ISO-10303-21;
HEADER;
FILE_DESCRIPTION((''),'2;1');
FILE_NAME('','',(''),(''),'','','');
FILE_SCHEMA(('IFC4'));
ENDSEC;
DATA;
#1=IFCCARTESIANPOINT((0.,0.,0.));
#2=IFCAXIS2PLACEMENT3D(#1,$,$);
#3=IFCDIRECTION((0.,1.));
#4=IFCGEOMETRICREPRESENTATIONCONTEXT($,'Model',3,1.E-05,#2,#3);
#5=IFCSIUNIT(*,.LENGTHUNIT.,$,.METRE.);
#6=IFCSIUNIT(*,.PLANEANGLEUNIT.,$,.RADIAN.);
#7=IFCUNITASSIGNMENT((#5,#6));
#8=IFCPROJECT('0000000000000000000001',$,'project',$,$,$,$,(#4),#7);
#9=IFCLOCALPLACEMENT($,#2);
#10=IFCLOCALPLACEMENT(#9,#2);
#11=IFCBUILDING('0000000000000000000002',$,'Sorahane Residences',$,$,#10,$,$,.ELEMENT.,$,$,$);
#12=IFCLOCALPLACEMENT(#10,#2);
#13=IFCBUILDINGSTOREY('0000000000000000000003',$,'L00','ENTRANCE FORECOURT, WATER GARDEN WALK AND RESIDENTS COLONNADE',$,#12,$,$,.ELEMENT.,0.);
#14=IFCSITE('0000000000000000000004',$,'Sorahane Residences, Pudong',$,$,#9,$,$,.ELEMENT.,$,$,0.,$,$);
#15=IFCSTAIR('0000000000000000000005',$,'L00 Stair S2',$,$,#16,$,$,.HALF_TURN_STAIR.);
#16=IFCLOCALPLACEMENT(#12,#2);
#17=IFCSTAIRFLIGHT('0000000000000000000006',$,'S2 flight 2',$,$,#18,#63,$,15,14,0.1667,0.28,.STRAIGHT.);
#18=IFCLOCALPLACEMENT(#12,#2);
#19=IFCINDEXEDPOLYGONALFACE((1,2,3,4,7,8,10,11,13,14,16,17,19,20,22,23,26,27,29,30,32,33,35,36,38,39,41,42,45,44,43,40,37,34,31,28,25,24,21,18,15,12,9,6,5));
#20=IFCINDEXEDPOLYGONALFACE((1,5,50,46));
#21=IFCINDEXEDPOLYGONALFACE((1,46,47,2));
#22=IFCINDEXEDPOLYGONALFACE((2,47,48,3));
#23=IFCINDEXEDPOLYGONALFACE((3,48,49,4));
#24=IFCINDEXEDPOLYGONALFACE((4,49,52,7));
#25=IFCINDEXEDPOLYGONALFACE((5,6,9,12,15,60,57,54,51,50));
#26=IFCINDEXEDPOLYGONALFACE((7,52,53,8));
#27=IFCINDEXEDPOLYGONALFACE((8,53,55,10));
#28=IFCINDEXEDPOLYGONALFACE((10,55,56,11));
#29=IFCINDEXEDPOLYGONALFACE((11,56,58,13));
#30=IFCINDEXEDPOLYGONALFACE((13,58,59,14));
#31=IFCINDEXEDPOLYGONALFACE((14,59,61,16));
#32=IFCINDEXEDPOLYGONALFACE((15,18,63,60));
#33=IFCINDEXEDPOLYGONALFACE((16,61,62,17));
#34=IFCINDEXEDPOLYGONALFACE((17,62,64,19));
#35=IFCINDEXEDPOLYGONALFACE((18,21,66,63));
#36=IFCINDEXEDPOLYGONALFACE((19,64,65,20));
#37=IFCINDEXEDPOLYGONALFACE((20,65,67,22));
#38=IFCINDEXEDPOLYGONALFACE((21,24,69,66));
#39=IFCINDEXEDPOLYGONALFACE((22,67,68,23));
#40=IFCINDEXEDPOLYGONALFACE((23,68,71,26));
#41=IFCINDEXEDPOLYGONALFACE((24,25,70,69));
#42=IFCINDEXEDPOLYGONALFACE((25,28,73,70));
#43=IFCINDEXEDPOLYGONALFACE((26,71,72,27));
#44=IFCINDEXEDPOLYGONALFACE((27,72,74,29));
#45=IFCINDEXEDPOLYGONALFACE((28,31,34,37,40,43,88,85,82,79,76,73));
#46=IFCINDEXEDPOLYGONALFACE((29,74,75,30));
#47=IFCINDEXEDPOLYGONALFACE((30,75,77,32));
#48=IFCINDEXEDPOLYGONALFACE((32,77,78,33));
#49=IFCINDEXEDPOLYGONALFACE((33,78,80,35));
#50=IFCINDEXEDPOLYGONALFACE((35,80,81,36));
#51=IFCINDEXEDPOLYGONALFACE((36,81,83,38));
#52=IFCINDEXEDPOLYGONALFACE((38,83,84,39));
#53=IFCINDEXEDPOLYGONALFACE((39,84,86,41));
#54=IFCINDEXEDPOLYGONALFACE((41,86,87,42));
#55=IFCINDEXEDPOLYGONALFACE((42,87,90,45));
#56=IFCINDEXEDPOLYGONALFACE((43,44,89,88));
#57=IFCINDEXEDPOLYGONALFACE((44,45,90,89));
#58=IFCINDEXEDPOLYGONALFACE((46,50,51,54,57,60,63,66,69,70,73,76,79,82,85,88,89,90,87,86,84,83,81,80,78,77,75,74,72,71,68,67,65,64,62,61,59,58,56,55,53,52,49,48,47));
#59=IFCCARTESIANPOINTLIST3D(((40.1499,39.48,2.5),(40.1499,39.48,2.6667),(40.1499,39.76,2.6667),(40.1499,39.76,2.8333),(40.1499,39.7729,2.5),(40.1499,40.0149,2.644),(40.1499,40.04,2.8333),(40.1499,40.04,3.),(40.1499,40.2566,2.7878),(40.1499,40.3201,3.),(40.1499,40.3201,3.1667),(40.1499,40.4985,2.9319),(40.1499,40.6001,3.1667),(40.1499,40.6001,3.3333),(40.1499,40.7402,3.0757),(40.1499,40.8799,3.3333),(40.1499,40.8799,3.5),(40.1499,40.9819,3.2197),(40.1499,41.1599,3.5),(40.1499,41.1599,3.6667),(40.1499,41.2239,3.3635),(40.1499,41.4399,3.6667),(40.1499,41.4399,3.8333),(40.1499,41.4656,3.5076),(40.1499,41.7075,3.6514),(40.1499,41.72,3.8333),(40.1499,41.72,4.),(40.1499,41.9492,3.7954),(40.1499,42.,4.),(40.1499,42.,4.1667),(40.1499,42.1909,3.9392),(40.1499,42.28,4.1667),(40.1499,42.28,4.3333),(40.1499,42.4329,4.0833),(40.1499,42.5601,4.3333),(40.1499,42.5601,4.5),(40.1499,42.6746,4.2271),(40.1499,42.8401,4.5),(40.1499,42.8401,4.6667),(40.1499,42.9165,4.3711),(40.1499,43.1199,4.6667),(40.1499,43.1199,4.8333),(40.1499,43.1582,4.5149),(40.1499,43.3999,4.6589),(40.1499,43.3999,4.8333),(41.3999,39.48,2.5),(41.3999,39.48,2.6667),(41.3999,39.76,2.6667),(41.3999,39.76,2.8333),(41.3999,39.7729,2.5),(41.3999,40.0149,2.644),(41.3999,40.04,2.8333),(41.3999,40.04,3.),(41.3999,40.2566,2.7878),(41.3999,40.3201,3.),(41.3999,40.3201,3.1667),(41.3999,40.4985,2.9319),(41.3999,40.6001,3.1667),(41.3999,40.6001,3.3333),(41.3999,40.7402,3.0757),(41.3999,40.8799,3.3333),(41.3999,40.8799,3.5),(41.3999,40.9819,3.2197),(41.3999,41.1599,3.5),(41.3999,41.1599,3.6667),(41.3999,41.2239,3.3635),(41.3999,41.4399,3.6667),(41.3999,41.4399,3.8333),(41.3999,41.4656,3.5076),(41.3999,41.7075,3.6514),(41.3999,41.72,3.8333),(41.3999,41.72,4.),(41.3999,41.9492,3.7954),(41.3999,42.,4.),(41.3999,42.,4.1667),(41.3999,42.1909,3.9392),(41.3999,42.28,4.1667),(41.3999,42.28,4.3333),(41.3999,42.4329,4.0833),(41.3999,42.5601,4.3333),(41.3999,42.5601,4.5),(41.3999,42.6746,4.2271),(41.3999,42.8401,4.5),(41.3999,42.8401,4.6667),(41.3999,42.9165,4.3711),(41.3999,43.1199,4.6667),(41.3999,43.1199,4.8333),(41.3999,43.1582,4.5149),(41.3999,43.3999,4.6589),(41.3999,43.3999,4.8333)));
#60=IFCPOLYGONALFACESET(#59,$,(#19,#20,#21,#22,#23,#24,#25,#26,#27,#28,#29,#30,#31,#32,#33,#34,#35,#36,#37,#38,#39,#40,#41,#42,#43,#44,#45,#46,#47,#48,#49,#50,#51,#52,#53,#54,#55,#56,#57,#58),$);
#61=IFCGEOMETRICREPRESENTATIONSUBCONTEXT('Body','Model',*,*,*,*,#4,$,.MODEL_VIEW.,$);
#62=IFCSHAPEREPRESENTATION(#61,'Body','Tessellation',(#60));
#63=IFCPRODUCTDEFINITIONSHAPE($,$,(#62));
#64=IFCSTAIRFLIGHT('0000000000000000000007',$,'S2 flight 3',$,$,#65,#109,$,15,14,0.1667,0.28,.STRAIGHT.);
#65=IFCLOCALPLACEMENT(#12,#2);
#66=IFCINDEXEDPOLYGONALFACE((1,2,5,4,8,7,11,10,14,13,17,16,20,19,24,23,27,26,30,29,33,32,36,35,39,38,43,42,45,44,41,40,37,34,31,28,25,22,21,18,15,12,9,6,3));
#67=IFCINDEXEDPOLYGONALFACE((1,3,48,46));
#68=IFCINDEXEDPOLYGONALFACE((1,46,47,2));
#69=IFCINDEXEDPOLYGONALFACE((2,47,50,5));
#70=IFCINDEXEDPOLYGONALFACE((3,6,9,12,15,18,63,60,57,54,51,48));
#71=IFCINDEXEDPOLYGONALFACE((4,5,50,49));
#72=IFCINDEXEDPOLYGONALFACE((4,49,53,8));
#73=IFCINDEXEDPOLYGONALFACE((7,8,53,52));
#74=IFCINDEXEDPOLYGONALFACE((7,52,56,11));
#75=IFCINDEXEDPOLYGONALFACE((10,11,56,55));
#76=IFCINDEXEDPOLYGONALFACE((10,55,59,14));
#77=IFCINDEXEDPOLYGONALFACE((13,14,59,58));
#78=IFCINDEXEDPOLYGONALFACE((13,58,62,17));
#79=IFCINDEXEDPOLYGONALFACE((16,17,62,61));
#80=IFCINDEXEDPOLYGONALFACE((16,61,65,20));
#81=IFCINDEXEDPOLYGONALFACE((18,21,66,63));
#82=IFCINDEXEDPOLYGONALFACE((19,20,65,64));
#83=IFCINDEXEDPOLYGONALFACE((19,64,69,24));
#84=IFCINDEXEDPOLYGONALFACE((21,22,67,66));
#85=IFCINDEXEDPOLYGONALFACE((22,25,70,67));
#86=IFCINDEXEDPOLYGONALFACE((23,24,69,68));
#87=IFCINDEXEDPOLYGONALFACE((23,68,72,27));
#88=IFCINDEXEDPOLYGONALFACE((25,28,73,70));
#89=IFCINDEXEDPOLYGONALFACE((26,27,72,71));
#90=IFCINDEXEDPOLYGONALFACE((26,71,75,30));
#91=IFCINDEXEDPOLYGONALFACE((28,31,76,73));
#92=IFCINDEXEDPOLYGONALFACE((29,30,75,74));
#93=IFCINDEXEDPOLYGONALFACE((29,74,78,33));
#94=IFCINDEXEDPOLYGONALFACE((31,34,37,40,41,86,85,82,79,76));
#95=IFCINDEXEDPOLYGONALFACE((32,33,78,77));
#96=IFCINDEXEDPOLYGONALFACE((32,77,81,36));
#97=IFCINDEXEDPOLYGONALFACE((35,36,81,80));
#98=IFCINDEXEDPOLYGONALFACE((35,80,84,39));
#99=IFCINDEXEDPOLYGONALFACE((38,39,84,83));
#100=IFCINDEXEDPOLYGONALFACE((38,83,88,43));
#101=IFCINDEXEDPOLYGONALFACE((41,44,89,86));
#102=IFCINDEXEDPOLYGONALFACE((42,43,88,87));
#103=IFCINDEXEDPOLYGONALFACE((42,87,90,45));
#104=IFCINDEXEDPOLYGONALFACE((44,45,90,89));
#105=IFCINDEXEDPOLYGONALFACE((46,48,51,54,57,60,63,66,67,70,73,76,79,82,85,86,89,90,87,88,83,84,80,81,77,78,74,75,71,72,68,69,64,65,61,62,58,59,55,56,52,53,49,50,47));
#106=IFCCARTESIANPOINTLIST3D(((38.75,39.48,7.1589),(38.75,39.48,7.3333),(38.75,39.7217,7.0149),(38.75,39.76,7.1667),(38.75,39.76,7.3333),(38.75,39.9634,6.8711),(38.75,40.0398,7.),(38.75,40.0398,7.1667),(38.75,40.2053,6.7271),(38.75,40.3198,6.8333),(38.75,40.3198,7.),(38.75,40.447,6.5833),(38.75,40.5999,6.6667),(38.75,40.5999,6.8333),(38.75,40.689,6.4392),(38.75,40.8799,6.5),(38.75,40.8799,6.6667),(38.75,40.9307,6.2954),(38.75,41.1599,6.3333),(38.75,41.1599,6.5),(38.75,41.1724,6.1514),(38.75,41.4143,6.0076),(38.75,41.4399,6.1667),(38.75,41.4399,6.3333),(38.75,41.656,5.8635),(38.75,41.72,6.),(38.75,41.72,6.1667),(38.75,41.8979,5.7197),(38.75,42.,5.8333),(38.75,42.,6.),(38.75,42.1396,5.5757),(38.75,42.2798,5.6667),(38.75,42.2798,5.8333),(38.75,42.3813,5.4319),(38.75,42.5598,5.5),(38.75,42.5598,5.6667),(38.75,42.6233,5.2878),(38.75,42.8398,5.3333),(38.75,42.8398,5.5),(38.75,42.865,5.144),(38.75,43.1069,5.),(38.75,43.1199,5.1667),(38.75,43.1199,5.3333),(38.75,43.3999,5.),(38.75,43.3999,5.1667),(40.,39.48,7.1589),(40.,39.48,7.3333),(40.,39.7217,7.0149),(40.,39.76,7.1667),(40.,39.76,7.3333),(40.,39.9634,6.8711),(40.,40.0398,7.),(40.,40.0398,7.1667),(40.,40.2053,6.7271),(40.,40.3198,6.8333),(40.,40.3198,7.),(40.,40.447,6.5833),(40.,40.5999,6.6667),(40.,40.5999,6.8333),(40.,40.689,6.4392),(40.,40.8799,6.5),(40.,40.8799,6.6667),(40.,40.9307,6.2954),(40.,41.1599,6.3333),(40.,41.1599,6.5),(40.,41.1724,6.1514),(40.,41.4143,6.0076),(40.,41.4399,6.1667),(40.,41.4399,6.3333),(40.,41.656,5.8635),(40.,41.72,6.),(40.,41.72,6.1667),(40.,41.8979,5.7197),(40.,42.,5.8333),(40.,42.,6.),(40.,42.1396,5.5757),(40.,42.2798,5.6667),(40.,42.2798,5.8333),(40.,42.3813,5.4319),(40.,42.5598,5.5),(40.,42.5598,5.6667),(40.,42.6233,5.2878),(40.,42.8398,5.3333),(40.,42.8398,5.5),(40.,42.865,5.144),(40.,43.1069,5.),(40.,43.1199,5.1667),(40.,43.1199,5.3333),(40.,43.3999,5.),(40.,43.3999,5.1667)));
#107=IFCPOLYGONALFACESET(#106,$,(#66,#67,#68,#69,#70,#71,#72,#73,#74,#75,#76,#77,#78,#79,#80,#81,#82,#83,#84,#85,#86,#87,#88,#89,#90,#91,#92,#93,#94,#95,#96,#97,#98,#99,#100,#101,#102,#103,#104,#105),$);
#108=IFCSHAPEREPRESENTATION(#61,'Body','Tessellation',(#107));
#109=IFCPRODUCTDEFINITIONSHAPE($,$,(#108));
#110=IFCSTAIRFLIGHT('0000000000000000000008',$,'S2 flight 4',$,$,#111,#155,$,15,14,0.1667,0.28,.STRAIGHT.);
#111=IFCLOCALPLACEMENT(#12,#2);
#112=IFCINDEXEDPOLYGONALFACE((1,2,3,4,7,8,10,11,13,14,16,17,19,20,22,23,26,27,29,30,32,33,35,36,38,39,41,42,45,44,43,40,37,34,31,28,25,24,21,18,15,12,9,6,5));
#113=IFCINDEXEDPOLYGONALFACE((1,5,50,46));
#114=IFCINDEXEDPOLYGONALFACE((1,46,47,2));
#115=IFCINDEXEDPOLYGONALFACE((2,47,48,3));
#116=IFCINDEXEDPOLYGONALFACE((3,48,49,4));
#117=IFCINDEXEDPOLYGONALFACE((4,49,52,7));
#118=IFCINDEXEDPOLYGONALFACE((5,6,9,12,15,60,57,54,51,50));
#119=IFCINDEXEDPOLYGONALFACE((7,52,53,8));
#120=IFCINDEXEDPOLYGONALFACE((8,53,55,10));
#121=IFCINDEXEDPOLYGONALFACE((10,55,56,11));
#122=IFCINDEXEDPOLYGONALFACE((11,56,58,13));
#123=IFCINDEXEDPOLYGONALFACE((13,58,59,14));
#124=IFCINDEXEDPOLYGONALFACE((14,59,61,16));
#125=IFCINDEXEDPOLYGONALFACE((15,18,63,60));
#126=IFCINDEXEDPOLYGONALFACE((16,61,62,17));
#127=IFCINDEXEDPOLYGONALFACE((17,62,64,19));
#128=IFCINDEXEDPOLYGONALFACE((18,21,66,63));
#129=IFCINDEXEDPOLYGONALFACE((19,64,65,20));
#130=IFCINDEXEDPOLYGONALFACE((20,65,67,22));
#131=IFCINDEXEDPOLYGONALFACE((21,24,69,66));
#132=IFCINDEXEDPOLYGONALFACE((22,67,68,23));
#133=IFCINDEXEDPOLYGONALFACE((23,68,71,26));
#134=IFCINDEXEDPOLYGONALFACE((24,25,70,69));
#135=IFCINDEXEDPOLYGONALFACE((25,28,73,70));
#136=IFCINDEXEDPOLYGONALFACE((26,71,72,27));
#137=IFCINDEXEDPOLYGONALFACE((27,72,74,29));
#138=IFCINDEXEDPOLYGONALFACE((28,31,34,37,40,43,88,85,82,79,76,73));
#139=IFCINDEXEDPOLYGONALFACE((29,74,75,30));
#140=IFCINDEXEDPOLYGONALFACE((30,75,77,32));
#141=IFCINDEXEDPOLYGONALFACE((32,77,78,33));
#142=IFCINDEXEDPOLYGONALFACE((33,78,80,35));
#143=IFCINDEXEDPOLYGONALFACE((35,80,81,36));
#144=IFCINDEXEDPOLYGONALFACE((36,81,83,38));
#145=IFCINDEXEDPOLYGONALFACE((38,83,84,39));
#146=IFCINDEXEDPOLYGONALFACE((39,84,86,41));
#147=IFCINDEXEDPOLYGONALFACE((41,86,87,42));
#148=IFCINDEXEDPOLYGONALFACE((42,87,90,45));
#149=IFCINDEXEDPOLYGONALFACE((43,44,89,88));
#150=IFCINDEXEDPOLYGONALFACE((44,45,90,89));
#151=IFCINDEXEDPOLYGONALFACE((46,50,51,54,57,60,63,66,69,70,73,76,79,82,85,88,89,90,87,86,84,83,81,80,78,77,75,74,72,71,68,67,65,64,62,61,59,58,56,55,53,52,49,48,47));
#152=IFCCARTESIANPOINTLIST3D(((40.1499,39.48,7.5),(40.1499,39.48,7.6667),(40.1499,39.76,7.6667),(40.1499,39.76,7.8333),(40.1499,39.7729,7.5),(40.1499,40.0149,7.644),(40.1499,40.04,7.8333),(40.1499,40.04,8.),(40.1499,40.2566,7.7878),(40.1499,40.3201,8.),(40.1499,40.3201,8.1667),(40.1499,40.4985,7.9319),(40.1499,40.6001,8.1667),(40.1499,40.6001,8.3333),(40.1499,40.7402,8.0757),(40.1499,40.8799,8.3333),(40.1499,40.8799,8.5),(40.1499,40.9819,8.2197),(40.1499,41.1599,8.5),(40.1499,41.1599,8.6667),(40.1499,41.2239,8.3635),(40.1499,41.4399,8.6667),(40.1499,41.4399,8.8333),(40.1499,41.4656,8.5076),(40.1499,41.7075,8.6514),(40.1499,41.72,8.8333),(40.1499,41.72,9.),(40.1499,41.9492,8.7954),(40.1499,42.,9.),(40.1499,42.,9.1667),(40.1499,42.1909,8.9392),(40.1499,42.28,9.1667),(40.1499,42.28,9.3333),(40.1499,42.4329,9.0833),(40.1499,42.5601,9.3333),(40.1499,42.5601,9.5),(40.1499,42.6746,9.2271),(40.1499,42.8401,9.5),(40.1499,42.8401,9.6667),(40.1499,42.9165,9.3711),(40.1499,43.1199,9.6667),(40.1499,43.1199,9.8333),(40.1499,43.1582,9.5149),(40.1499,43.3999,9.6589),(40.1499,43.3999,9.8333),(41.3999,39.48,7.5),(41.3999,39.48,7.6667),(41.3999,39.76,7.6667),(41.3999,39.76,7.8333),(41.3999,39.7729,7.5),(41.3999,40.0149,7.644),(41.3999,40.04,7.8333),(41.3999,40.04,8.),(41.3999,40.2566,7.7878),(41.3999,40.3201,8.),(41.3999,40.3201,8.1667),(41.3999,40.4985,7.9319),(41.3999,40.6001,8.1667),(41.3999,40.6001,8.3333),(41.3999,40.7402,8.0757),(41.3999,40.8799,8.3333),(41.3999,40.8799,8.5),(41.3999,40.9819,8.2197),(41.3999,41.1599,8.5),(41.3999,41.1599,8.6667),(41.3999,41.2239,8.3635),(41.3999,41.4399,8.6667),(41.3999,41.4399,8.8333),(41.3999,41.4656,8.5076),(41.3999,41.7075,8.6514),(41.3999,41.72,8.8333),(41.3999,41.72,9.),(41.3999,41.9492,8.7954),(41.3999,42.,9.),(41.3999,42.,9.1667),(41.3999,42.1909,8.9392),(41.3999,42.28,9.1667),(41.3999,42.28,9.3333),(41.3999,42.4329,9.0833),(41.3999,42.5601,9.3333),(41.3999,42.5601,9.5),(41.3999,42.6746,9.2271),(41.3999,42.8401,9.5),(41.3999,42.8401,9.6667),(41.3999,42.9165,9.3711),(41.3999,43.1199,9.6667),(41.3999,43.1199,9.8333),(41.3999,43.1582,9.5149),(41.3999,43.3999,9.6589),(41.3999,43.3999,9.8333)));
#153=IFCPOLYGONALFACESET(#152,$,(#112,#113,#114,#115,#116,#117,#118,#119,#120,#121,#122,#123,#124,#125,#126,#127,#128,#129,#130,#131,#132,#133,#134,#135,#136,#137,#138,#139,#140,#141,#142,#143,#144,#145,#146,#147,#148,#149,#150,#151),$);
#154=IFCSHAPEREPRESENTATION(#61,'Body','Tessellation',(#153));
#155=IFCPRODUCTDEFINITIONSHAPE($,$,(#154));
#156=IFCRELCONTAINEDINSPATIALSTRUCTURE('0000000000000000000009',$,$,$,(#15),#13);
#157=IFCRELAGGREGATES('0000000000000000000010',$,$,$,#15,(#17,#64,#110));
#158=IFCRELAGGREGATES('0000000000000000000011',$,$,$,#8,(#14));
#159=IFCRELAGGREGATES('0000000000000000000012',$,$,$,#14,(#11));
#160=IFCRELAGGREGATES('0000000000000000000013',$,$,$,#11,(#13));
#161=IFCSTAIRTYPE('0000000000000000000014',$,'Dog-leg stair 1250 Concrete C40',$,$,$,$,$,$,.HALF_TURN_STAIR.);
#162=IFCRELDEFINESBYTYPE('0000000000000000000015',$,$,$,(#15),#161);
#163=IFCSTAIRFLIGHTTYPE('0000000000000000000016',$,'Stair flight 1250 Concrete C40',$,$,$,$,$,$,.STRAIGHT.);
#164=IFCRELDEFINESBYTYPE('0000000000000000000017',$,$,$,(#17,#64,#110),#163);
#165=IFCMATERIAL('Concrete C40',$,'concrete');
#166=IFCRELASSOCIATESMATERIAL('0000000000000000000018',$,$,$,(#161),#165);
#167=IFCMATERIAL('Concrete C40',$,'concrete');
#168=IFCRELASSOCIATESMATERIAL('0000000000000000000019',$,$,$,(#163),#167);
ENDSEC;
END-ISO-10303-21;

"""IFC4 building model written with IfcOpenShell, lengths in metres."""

from ifc_helpers import new_model, si_unit, direction, frame, origin, place, context, subcontext, project, spatial, polyline, outline, extrude, material, type_object, element, aggregate, save


model = new_model("IFC4")

# Units and contexts
model_context = context("Model", 3, precision=1e-05, world=origin(), true_north=direction((0.0, 1.0)))
body_context = subcontext(model_context, "Body", "Model", "MODEL_VIEW")
ifc_project = project(units=[si_unit("LENGTHUNIT", "METRE"), si_unit("PLANEANGLEUNIT", "RADIAN")], contexts=[model_context])

# Site, building, storey
site_placement = place(None, origin())
site = spatial("IfcSite", under=ifc_project, at=site_placement, Name="Sorahane Residences, Pudong", CompositionType="ELEMENT", RefElevation=0.0)
building_placement = place(site_placement, origin())
building = spatial("IfcBuilding", under=site, at=building_placement, Name="Sorahane Residences", CompositionType="ELEMENT")
storey_placement = place(building_placement, origin())
storey = spatial("IfcBuildingStorey", under=building, at=storey_placement, Name="L00", Description="ENTRANCE FORECOURT, WATER GARDEN WALK AND RESIDENTS COLONNADE", CompositionType="ELEMENT", Elevation=0.0)

# Stair, stair flights
ifc_material_1 = material(Name="Concrete C40", Category="concrete")
stair_type = type_object("IfcStairType", Name="Dog-leg stair 1250 Concrete C40", PredefinedType="HALF_TURN_STAIR", material=ifc_material_1)
stair_placement = place(storey_placement, origin())
stair = element("IfcStair", 1, at=stair_placement, inside=storey, type_object=stair_type, Name="L00 Stair S2", PredefinedType="HALF_TURN_STAIR")
ifc_material_2 = material(Name="Concrete C40", Category="concrete")
stair_flight_type = type_object("IfcStairFlightType", Name="Stair flight 1250 Concrete C40", PredefinedType="STRAIGHT", material=ifc_material_2)
stair_flight_1_placement = place(storey_placement, frame((40.7749, 39.48, 2.5), z_axis=(0.0, 0.0, 1.0), x_axis=(0.0, 1.0, 0.0)))
stair_flight_1 = element("IfcStairFlight", 2, at=stair_flight_1_placement, type_object=stair_flight_type, Name="S2 flight 2", NumberOfRisers=15, NumberOfTreads=14, PredefinedType="STRAIGHT", RiserHeight=0.1667, TreadLength=0.28, context=body_context, shape_type="SweptSolid", body=[
    extrude(outline(polyline([(0.0, 0.0), (0.0, 0.1667), (0.28, 0.1667), (0.28, 0.3333), (0.5601, 0.3333), (0.5601, 0.5), (0.8401, 0.5), (0.8401, 0.6667), (1.1201, 0.6667), (1.1201, 0.8333), (1.3999, 0.8333), (1.3999, 1.0), (1.6799, 1.0), (1.6799, 1.1667), (1.96, 1.1667), (1.96, 1.3333), (2.24, 1.3333), (2.24, 1.5), (2.52, 1.5), (2.52, 1.6667), (2.8, 1.6667), (2.8, 1.8333), (3.0801, 1.8333), (3.0801, 2.0), (3.3601, 2.0), (3.3601, 2.1667), (3.6399, 2.1667), (3.6399, 2.3333), (3.9199, 2.3333), (3.9199, 2.5), (3.9199, 2.1589), (3.6782, 2.0149), (3.4365, 1.8711), (3.1946, 1.7271), (2.9529, 1.5833), (2.7109, 1.4392), (2.4692, 1.2954), (2.2275, 1.1514), (1.9856, 1.0076), (1.7439, 0.8635), (1.502, 0.7197), (1.2603, 0.5757), (1.0186, 0.4319), (0.7766, 0.2878), (0.5349, 0.144), (0.293, 0.0), (0.0, 0.0)])), frame((0.0, 0.625, 0.0), z_axis=(0.0, -1.0, 0.0), x_axis=(1.0, 0.0, 0.0)), (0.0, 0.0, 1.0), 1.25),
])
stair_flight_2_placement = place(storey_placement, frame((39.375, 43.3999, 5.0), z_axis=(0.0, 0.0, 1.0), x_axis=(0.0, -1.0, 0.0)))
stair_flight_2 = element("IfcStairFlight", 3, at=stair_flight_2_placement, type_object=stair_flight_type, Name="S2 flight 3", NumberOfRisers=15, NumberOfTreads=14, PredefinedType="STRAIGHT", RiserHeight=0.1667, TreadLength=0.28, context=body_context, shape_type="SweptSolid", body=[
    extrude(outline(polyline([(0.0, 0.0), (0.0, 0.1667), (0.28, 0.1667), (0.28, 0.3333), (0.5601, 0.3333), (0.5601, 0.5), (0.8401, 0.5), (0.8401, 0.6667), (1.1201, 0.6667), (1.1201, 0.8333), (1.3999, 0.8333), (1.3999, 1.0), (1.6799, 1.0), (1.6799, 1.1667), (1.96, 1.1667), (1.96, 1.3333), (2.24, 1.3333), (2.24, 1.5), (2.52, 1.5), (2.52, 1.6667), (2.8, 1.6667), (2.8, 1.8333), (3.0801, 1.8333), (3.0801, 2.0), (3.3601, 2.0), (3.3601, 2.1667), (3.6399, 2.1667), (3.6399, 2.3333), (3.9199, 2.3333), (3.9199, 2.5), (3.9199, 2.1589), (3.6782, 2.0149), (3.4365, 1.8711), (3.1946, 1.7271), (2.9529, 1.5833), (2.7109, 1.4392), (2.4692, 1.2954), (2.2275, 1.1514), (1.9856, 1.0076), (1.7439, 0.8635), (1.502, 0.7197), (1.2603, 0.5757), (1.0186, 0.4319), (0.7766, 0.2878), (0.5349, 0.144), (0.293, 0.0), (0.0, 0.0)])), frame((0.0, 0.625, 0.0), z_axis=(0.0, -1.0, 0.0), x_axis=(1.0, 0.0, 0.0)), (0.0, 0.0, 1.0), 1.25),
])
stair_flight_3_placement = place(storey_placement, frame((40.7749, 39.48, 7.5), z_axis=(0.0, 0.0, 1.0), x_axis=(0.0, 1.0, 0.0)))
stair_flight_3 = element("IfcStairFlight", 4, at=stair_flight_3_placement, type_object=stair_flight_type, Name="S2 flight 4", NumberOfRisers=15, NumberOfTreads=14, PredefinedType="STRAIGHT", RiserHeight=0.1667, TreadLength=0.28, context=body_context, shape_type="SweptSolid", body=[
    extrude(outline(polyline([(0.0, 0.0), (0.0, 0.1667), (0.28, 0.1667), (0.28, 0.3333), (0.5601, 0.3333), (0.5601, 0.5), (0.8401, 0.5), (0.8401, 0.6667), (1.1201, 0.6667), (1.1201, 0.8333), (1.3999, 0.8333), (1.3999, 1.0), (1.6799, 1.0), (1.6799, 1.1667), (1.96, 1.1667), (1.96, 1.3333), (2.24, 1.3333), (2.24, 1.5), (2.52, 1.5), (2.52, 1.6667), (2.8, 1.6667), (2.8, 1.8333), (3.0801, 1.8333), (3.0801, 2.0), (3.3601, 2.0), (3.3601, 2.1667), (3.6399, 2.1667), (3.6399, 2.3333), (3.9199, 2.3333), (3.9199, 2.5), (3.9199, 2.1589), (3.6782, 2.0149), (3.4365, 1.8711), (3.1946, 1.7271), (2.9529, 1.5833), (2.7109, 1.4392), (2.4692, 1.2954), (2.2275, 1.1514), (1.9856, 1.0076), (1.7439, 0.8635), (1.502, 0.7197), (1.2603, 0.5757), (1.0186, 0.4319), (0.7766, 0.2878), (0.5349, 0.144), (0.293, 0.0), (0.0, 0.0)])), frame((0.0, 0.625, 0.0), z_axis=(0.0, -1.0, 0.0), x_axis=(1.0, 0.0, 0.0)), (0.0, 0.0, 1.0), 1.25),
])
aggregate(stair, [stair_flight_1, stair_flight_2, stair_flight_3])

save(model, "model.ifc")
